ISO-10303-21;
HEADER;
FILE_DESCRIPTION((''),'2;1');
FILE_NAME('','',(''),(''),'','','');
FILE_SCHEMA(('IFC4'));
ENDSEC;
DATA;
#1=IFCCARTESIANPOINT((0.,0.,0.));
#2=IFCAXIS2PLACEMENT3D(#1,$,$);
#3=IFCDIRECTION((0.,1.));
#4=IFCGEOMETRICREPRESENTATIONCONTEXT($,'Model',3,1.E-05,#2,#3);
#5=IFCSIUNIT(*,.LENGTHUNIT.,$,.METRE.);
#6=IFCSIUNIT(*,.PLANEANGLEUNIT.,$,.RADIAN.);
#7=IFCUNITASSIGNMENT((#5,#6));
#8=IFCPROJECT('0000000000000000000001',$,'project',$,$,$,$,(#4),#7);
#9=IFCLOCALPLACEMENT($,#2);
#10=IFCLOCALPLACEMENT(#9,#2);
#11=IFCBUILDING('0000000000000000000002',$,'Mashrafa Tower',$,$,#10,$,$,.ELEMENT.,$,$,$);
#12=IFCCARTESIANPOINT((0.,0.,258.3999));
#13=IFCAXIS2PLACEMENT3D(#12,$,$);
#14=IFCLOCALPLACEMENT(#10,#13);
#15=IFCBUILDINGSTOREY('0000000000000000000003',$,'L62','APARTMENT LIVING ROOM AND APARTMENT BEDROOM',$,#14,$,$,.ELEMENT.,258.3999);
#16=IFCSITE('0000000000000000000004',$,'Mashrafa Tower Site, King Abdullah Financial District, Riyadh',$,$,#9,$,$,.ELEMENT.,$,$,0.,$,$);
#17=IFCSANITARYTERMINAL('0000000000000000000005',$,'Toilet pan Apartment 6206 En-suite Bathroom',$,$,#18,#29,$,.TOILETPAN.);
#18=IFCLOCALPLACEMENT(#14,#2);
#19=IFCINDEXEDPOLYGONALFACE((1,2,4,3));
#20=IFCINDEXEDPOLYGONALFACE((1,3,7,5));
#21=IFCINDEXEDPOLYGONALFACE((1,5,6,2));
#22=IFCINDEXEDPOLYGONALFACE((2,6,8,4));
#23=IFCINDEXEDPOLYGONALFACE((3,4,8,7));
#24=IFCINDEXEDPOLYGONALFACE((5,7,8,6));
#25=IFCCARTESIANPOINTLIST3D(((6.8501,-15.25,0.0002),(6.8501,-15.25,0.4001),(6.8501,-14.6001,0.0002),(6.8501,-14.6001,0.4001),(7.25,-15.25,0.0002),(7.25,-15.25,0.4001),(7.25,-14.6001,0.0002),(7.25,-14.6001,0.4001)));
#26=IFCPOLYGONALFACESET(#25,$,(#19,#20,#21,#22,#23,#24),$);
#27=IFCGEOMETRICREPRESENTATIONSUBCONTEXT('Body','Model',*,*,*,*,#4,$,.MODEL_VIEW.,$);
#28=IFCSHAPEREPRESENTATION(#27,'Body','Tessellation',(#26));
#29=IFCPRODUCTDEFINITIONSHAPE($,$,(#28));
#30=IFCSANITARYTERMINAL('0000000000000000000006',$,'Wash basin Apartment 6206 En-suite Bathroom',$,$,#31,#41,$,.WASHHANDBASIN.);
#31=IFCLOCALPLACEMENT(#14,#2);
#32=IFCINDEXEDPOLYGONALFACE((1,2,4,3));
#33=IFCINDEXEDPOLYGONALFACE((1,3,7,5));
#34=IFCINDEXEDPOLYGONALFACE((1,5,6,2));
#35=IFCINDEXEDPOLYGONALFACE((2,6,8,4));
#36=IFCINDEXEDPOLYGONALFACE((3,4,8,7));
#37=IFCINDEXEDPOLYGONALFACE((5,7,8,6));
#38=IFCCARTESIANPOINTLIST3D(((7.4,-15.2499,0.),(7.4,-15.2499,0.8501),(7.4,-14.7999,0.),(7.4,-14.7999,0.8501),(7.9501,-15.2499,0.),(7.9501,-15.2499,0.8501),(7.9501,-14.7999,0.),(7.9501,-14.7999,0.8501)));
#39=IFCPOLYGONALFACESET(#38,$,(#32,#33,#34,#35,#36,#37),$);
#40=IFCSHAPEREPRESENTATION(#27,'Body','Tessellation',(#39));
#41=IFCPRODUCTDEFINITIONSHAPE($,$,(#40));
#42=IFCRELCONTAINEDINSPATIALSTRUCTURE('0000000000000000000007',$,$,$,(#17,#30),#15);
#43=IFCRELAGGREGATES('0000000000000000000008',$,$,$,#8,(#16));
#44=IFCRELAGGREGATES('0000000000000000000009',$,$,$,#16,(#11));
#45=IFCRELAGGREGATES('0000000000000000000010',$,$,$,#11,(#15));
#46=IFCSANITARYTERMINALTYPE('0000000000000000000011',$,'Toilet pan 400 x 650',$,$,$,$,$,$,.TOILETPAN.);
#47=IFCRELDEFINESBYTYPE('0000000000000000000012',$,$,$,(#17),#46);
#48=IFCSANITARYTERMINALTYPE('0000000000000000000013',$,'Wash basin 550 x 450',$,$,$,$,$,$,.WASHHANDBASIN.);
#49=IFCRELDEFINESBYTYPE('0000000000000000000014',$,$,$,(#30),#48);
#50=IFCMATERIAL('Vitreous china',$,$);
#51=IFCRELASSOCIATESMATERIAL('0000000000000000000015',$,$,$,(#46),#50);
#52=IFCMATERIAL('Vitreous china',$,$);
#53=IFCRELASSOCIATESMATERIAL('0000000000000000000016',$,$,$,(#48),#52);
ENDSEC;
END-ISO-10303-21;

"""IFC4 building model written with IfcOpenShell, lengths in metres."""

from ifc_helpers import new_model, si_unit, direction, frame, origin, origin_2d, place, context, subcontext, project, spatial, rectangle, extrude, material, type_object, element, save


model = new_model("IFC4")

# Units and contexts
model_context = context("Model", 3, precision=1e-05, world=origin(), true_north=direction((0.0, 1.0)))
body_context = subcontext(model_context, "Body", "Model", "MODEL_VIEW")
ifc_project = project(units=[si_unit("LENGTHUNIT", "METRE"), si_unit("PLANEANGLEUNIT", "RADIAN")], contexts=[model_context])

# Site, building, storey
site_placement = place(None, origin())
site = spatial("IfcSite", under=ifc_project, at=site_placement, Name="Mashrafa Tower Site, King Abdullah Financial District, Riyadh", CompositionType="ELEMENT", RefElevation=0.0)
building_placement = place(site_placement, origin())
building = spatial("IfcBuilding", under=site, at=building_placement, Name="Mashrafa Tower", CompositionType="ELEMENT")
storey_placement = place(building_placement, frame((0.0, 0.0, 258.3999)))
storey = spatial("IfcBuildingStorey", under=building, at=storey_placement, Name="L62", Description="APARTMENT LIVING ROOM AND APARTMENT BEDROOM", CompositionType="ELEMENT", Elevation=258.3999)

# Sanitary terminals
ifc_material_1 = material(Name="Vitreous china")
sanitary_terminal_type_1 = type_object("IfcSanitaryTerminalType", Name="Toilet pan 400 x 650", PredefinedType="TOILETPAN", material=ifc_material_1)
sanitary_terminal_1_placement = place(storey_placement, frame((7.05, -14.925, 0.0002), z_axis=(0.0, 0.0, 1.0), x_axis=(1.0, 0.0, 0.0)))
element("IfcSanitaryTerminal", 1, at=sanitary_terminal_1_placement, inside=storey, type_object=sanitary_terminal_type_1, Name="Toilet pan Apartment 6206 En-suite Bathroom", PredefinedType="TOILETPAN", context=body_context, shape_type="SweptSolid", body=[
    extrude(rectangle(XDim=0.3999, YDim=0.6499, at=origin_2d()), origin(), (0.0, 0.0, 1.0), 0.3999),
])
ifc_material_2 = material(Name="Vitreous china")
sanitary_terminal_type_2 = type_object("IfcSanitaryTerminalType", Name="Wash basin 550 x 450", PredefinedType="WASHHANDBASIN", material=ifc_material_2)
sanitary_terminal_2_placement = place(storey_placement, frame((7.675, -15.0249, 0.0), z_axis=(0.0, 0.0, 1.0), x_axis=(1.0, 0.0, 0.0)))
element("IfcSanitaryTerminal", 2, at=sanitary_terminal_2_placement, inside=storey, type_object=sanitary_terminal_type_2, Name="Wash basin Apartment 6206 En-suite Bathroom", PredefinedType="WASHHANDBASIN", context=body_context, shape_type="SweptSolid", body=[
    extrude(rectangle(XDim=0.55, YDim=0.45, at=origin_2d()), origin(), (0.0, 0.0, 1.0), 0.8501),
])

save(model, "model.ifc")
